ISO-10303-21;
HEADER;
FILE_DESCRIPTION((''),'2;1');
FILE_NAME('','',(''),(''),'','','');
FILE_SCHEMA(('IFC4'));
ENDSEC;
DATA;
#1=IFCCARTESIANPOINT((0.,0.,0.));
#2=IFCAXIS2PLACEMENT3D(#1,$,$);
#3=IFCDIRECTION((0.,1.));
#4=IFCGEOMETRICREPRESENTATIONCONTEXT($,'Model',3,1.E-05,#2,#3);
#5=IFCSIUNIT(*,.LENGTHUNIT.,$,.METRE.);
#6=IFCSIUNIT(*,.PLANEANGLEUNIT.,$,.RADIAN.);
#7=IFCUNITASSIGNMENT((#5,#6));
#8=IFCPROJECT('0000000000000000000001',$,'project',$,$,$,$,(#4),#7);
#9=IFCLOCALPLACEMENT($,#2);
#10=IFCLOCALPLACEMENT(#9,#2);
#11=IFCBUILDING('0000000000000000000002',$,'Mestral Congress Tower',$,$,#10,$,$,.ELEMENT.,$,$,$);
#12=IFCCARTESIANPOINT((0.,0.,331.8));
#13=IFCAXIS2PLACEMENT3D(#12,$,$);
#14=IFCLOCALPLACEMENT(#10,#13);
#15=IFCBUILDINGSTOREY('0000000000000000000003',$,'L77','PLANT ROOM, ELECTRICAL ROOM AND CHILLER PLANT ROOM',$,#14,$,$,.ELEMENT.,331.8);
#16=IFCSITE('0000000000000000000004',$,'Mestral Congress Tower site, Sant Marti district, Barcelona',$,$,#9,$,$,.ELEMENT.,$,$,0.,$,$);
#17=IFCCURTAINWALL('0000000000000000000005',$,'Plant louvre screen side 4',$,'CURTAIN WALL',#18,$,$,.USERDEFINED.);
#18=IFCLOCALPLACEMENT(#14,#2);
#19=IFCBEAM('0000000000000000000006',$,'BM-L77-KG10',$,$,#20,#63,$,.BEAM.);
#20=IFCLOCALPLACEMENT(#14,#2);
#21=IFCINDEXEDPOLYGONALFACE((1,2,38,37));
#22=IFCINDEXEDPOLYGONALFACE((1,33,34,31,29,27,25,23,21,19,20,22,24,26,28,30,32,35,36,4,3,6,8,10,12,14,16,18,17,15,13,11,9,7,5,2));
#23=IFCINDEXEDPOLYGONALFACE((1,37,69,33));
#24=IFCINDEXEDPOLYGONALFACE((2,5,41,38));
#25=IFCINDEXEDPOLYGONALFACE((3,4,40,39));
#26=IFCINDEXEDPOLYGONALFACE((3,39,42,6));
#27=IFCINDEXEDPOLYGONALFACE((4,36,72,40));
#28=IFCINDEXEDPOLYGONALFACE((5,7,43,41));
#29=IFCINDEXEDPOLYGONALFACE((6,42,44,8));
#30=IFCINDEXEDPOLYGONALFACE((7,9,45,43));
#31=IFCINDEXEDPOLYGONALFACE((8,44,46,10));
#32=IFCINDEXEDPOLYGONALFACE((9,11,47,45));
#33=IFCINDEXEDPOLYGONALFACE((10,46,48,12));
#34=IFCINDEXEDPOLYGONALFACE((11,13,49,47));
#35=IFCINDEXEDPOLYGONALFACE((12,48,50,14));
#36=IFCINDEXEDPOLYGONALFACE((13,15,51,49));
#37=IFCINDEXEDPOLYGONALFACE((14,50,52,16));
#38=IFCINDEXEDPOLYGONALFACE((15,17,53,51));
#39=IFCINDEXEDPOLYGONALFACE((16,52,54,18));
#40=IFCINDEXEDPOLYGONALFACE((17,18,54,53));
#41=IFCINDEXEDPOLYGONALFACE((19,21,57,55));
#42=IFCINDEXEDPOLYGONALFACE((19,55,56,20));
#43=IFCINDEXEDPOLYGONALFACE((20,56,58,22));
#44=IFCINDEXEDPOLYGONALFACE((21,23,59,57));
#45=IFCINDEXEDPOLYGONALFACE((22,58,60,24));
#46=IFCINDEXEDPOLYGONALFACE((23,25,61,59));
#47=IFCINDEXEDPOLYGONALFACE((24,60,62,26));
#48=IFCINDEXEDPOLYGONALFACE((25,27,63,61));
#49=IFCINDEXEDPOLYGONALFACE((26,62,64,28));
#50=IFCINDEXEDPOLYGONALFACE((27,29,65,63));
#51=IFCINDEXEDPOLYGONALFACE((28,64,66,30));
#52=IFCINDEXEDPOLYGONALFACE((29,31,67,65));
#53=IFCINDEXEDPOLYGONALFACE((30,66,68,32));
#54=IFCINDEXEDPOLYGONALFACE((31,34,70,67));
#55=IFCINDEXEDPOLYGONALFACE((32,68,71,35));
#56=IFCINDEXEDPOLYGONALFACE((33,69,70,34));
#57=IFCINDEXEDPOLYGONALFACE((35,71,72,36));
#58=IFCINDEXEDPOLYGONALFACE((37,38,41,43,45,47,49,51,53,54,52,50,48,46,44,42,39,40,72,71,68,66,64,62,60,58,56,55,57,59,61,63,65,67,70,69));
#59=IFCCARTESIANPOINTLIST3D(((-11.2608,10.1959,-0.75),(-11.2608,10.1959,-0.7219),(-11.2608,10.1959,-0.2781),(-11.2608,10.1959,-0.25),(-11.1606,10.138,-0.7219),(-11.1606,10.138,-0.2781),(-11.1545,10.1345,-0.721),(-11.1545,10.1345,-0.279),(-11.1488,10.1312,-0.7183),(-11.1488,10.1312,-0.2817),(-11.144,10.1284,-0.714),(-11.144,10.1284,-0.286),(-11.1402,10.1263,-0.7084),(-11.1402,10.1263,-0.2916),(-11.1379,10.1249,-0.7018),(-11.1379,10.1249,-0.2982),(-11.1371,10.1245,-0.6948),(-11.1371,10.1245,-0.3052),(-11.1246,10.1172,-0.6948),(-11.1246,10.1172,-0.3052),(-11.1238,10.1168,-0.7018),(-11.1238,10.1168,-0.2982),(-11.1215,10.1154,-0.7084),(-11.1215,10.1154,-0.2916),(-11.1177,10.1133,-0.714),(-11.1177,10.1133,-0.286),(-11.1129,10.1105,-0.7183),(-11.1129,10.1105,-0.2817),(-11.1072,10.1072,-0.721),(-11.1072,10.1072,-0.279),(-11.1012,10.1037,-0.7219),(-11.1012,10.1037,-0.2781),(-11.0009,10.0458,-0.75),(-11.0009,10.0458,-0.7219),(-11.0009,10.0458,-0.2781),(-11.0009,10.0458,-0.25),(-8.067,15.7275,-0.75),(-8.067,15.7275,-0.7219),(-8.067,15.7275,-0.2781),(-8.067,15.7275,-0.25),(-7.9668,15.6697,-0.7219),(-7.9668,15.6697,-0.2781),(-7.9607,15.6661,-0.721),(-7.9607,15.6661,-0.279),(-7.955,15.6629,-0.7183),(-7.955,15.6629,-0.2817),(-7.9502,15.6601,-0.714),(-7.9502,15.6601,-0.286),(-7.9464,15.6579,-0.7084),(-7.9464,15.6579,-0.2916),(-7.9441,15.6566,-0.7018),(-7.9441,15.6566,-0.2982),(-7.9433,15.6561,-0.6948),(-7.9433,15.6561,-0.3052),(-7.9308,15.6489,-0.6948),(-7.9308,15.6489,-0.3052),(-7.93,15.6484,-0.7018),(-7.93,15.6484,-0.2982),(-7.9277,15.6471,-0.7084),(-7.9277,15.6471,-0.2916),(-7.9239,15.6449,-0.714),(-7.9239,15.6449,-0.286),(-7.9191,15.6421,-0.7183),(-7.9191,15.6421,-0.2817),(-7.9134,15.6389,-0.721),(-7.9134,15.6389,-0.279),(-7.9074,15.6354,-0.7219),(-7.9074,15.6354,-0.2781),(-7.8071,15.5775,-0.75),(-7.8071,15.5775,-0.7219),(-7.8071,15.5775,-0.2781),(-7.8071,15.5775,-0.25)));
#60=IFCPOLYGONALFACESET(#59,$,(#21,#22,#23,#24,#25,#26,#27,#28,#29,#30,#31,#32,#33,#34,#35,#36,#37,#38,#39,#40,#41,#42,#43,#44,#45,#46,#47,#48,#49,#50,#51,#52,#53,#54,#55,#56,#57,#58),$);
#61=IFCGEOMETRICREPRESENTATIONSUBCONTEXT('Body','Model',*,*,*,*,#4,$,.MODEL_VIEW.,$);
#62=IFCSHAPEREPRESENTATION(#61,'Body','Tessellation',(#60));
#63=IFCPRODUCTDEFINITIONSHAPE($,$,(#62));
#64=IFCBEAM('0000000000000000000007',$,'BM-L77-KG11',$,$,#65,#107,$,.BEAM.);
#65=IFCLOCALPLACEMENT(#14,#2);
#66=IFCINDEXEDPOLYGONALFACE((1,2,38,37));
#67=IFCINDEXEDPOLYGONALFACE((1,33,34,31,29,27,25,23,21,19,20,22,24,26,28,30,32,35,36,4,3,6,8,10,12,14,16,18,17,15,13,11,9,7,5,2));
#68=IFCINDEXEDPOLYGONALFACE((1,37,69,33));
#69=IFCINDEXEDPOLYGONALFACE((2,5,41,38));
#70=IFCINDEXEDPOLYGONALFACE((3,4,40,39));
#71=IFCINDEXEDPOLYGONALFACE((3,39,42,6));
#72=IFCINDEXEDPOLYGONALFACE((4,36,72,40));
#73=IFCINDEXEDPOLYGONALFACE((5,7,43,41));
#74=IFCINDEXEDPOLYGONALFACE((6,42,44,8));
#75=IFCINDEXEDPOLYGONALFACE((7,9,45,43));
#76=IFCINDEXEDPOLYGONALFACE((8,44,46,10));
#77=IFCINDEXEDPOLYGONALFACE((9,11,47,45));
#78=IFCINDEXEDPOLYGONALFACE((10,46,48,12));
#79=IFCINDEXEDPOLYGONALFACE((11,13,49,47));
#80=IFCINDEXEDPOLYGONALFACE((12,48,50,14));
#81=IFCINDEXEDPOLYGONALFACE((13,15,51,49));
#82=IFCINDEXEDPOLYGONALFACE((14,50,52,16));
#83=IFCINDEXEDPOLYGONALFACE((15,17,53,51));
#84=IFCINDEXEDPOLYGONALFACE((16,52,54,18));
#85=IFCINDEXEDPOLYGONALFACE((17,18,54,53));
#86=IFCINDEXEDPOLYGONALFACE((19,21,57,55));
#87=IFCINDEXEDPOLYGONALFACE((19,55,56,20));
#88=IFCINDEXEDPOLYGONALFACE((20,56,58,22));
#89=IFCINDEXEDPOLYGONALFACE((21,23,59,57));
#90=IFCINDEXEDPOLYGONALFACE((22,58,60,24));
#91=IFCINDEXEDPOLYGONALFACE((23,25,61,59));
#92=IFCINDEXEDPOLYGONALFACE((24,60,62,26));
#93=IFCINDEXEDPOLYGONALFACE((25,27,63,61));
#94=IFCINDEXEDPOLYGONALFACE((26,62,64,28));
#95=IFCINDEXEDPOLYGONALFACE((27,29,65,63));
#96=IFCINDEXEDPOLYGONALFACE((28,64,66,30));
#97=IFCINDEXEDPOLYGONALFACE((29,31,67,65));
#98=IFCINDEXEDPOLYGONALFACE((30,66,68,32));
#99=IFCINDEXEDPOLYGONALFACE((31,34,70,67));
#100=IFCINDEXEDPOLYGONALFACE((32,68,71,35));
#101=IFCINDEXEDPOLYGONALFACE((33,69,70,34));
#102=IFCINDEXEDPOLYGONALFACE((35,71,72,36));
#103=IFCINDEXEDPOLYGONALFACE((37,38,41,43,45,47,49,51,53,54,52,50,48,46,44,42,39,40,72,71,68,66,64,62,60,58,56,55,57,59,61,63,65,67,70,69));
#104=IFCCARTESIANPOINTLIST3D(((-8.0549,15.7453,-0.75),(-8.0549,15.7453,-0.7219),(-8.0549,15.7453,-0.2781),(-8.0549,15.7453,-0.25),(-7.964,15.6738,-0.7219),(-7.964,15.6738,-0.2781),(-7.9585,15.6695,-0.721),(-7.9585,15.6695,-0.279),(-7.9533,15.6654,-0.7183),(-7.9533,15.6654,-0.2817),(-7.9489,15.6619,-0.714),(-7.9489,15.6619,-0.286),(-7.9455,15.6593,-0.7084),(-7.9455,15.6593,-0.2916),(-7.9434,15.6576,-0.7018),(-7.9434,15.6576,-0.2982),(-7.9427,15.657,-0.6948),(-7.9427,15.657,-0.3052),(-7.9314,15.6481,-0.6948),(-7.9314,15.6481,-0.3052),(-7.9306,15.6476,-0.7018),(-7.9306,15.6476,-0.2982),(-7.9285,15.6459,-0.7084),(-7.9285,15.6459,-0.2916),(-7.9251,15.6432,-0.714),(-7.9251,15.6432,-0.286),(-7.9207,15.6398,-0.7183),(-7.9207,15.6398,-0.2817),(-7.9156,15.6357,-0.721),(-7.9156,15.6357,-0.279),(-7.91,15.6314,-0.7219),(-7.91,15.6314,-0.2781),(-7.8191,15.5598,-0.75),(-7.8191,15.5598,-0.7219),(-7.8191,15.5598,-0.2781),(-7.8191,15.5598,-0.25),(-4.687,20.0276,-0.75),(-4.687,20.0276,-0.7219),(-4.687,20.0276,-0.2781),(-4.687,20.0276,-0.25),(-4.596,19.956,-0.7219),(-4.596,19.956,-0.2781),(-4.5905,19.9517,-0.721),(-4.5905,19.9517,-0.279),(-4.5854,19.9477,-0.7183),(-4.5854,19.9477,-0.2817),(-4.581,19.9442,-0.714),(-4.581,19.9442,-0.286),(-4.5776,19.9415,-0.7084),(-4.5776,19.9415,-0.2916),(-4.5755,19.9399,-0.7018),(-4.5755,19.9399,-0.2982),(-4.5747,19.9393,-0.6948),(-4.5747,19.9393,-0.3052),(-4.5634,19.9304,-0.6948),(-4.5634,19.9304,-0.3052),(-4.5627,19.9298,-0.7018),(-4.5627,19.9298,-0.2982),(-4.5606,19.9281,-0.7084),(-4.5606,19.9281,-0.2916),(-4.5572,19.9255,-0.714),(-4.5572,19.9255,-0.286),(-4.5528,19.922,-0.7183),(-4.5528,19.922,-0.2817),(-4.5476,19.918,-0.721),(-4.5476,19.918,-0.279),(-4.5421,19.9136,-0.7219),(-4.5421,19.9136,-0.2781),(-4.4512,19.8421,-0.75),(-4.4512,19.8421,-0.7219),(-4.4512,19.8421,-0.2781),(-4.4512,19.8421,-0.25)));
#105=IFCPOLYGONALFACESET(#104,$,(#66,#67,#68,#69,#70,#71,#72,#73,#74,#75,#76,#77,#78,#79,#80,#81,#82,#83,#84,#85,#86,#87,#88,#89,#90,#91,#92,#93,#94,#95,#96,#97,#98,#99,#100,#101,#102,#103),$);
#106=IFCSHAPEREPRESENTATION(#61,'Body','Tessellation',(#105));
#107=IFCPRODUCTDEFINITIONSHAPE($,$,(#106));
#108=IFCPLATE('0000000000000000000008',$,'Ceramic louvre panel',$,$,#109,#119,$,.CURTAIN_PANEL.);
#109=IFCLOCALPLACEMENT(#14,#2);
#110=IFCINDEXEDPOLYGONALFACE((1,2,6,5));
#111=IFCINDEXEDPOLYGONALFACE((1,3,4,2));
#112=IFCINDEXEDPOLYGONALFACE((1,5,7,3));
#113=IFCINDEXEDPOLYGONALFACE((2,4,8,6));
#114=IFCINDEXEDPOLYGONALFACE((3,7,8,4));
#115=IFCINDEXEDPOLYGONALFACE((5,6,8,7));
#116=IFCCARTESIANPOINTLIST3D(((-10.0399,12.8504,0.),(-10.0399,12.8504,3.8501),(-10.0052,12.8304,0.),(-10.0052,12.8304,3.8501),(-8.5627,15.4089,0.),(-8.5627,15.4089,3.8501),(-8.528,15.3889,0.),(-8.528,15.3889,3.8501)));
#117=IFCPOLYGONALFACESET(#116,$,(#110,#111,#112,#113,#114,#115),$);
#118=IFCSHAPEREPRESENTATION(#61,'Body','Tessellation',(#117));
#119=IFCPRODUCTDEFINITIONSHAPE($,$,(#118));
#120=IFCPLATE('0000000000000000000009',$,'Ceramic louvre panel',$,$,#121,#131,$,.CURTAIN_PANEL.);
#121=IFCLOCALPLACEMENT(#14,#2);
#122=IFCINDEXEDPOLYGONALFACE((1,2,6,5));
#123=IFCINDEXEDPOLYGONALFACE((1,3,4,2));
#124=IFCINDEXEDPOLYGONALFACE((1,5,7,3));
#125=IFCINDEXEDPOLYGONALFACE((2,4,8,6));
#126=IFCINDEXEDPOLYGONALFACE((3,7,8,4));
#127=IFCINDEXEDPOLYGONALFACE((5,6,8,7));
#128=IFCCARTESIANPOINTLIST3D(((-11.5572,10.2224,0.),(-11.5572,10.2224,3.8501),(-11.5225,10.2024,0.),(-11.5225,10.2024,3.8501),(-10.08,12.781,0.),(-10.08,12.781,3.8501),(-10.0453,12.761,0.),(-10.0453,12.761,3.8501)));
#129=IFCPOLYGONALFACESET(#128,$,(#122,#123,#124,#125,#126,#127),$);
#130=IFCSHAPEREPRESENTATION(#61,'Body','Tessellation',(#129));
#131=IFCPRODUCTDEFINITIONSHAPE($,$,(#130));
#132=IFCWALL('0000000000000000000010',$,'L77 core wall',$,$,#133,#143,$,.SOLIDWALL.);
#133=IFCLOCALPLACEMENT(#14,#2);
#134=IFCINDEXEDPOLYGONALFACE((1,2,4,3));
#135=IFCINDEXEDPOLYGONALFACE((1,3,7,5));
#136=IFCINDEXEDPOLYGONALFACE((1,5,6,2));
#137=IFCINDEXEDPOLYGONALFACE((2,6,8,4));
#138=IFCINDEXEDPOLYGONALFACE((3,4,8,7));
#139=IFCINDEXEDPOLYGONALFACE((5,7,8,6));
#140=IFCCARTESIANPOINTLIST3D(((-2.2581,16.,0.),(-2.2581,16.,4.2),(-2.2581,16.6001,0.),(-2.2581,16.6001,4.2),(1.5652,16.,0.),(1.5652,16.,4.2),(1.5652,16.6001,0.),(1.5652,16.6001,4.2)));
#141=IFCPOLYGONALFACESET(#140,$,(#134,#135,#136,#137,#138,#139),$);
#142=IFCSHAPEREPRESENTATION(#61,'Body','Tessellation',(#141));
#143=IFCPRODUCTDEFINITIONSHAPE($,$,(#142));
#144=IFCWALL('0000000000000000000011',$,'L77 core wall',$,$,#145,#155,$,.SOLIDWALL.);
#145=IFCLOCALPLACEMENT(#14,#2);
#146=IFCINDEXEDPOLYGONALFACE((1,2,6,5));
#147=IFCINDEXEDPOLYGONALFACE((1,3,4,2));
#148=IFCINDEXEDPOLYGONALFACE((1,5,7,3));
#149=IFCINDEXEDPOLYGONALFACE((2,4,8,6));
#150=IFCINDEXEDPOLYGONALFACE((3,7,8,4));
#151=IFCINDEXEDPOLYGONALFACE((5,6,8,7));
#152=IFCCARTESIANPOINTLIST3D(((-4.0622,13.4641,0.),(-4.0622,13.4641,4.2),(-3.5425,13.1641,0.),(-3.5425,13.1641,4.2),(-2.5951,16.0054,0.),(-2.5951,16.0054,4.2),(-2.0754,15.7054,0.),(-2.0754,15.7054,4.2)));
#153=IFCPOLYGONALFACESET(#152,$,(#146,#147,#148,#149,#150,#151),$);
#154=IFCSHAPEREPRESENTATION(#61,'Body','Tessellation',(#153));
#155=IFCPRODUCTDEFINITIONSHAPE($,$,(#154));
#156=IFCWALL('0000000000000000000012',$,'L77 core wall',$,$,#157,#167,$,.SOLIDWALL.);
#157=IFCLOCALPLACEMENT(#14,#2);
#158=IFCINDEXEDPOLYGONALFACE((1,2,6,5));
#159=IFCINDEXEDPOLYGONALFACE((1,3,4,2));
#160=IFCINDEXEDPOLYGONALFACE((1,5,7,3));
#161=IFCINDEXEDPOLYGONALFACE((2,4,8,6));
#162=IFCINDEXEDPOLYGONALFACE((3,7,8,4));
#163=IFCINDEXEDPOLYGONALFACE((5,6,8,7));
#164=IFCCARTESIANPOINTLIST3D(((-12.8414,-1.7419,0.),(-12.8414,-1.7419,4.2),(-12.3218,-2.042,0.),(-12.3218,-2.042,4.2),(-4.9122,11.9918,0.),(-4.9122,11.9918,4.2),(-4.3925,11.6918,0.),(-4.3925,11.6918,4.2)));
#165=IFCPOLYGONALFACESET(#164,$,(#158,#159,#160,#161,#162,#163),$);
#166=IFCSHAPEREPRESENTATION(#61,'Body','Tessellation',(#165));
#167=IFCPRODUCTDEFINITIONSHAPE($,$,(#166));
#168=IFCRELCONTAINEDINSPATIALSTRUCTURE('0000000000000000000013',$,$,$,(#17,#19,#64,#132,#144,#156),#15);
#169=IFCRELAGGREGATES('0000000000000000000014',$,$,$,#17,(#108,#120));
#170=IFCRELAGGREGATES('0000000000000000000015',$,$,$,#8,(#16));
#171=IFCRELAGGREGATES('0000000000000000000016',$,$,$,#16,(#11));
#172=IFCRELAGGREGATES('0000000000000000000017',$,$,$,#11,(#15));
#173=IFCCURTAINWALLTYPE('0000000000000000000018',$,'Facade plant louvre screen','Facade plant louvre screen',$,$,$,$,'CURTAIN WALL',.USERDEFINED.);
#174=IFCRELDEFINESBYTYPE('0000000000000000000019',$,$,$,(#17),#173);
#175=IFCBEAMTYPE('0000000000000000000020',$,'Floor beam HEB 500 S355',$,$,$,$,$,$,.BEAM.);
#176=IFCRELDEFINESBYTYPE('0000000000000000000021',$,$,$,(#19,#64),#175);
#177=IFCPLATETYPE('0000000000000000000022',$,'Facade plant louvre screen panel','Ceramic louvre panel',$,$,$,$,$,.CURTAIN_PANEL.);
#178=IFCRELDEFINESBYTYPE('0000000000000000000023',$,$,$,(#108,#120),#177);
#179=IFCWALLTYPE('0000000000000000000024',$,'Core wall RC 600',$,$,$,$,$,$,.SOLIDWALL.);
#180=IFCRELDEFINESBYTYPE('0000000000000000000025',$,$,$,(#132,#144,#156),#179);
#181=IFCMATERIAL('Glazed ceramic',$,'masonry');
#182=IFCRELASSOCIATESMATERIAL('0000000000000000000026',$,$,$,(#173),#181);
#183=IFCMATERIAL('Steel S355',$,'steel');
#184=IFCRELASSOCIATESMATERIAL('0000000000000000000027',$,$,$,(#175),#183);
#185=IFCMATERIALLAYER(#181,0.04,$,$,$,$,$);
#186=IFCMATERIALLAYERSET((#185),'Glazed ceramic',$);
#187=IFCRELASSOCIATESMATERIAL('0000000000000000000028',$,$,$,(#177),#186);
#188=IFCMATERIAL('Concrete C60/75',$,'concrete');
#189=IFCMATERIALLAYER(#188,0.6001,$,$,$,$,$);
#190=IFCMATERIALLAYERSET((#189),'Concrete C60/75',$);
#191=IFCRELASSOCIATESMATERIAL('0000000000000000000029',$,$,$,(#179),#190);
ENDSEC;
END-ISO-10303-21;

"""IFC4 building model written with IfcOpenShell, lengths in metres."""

from ifc_helpers import new_model, si_unit, direction, frame, frame_2d, origin, origin_2d, place, context, subcontext, project, spatial, rectangle, i_section, extrude, material, layer, layer_set, material_profile, profile_set, type_object, element, aggregate, save


model = new_model("IFC4")

# Units and contexts
model_context = context("Model", 3, precision=1e-05, world=origin(), true_north=direction((0.0, 1.0)))
body_context = subcontext(model_context, "Body", "Model", "MODEL_VIEW")
ifc_project = project(units=[si_unit("LENGTHUNIT", "METRE"), si_unit("PLANEANGLEUNIT", "RADIAN")], contexts=[model_context])

# Site, building, storey
site_placement = place(None, origin())
site = spatial("IfcSite", under=ifc_project, at=site_placement, Name="Mestral Congress Tower site, Sant Marti district, Barcelona", CompositionType="ELEMENT", RefElevation=0.0)
building_placement = place(site_placement, origin())
building = spatial("IfcBuilding", under=site, at=building_placement, Name="Mestral Congress Tower", CompositionType="ELEMENT")
storey_placement = place(building_placement, frame((0.0, 0.0, 331.8)))
storey = spatial("IfcBuildingStorey", under=building, at=storey_placement, Name="L77", Description="PLANT ROOM, ELECTRICAL ROOM AND CHILLER PLANT ROOM", CompositionType="ELEMENT", Elevation=331.8)

# Shared definitions
ifc_material_1 = material(Name="Steel S355", Category="steel")

# Curtain wall
ifc_material_2 = material(Name="Glazed ceramic", Category="masonry")
curtain_wall_type = type_object("IfcCurtainWallType", Name="Facade plant louvre screen", Description="Facade plant louvre screen", ElementType="CURTAIN WALL", PredefinedType="USERDEFINED", material=ifc_material_2)
placement = place(storey_placement, origin())
curtain_wall = element("IfcCurtainWall", 1, at=placement, inside=storey, type_object=curtain_wall_type, Name="Plant louvre screen side 4", ObjectType="CURTAIN WALL", PredefinedType="USERDEFINED")

# Beams
ifc_material_profile_1 = material_profile(ifc_material_1, i_section(OverallWidth=0.3, OverallDepth=0.5, WebThickness=0.0144, FlangeThickness=0.0281, FilletRadius=0.0271, at=origin_2d()), Name="HEB 500")
ifc_profile_set_1 = profile_set([ifc_material_profile_1], Name="Steel S355")
beam_type_1 = type_object("IfcBeamType", Name="Floor beam HEB 500 S355", PredefinedType="BEAM", material=ifc_profile_set_1)
beam_1_placement = place(storey_placement, frame((-11.1309, 10.1208, -0.5), z_axis=(0.500011, 0.866019, 0.0), x_axis=(-0.866019, 0.500011, 0.0)))
element("IfcBeam", 2, at=beam_1_placement, inside=storey, type_object=beam_type_1, Name="BM-L77-KG10", PredefinedType="BEAM", context=body_context, shape_type="SweptSolid", body=[
    extrude(i_section(OverallWidth=0.3, OverallDepth=0.5, WebThickness=0.0144, FlangeThickness=0.0281, FilletRadius=0.0271, at=origin_2d()), origin(), (0.0, 0.0, 1.0), 6.3875),
])
beam_2_placement = place(storey_placement, frame((-7.937, 15.6526, -0.5), z_axis=(0.618198, 0.786023, 0.0), x_axis=(-0.786023, 0.618198, 0.0)))
element("IfcBeam", 3, at=beam_2_placement, inside=storey, type_object=beam_type_1, Name="BM-L77-KG11", PredefinedType="BEAM", context=body_context, shape_type="SweptSolid", body=[
    extrude(i_section(OverallWidth=0.3, OverallDepth=0.5, WebThickness=0.0144, FlangeThickness=0.0281, FilletRadius=0.0271, at=origin_2d()), origin(), (0.0, 0.0, 1.0), 5.448),
])

# Plates
ifc_layer_1 = layer(ifc_material_2, 0.04)
ifc_layer_set_1 = layer_set([ifc_layer_1], Name="Glazed ceramic")
plate_type = type_object("IfcPlateType", Name="Facade plant louvre screen panel", Description="Ceramic louvre panel", PredefinedType="CURTAIN_PANEL", material=ifc_layer_set_1)
plate_1_placement = place(storey_placement, frame((-9.2839, 14.1196, 0.0), z_axis=(0.0, 0.0, 1.0), x_axis=(-0.500002, -0.866025, 0.0)))
plate_1 = element("IfcPlate", 4, at=plate_1_placement, type_object=plate_type, Name="Ceramic louvre panel", PredefinedType="CURTAIN_PANEL", context=body_context, shape_type="SweptSolid", body=[
    extrude(rectangle(XDim=2.9543, YDim=0.04, at=origin_2d()), origin(), (0.0, 0.0, 1.0), 3.8501),
])
plate_2_placement = place(storey_placement, frame((-10.8013, 11.4917, 0.0), z_axis=(0.0, 0.0, 1.0), x_axis=(-0.500002, -0.866025, 0.0)))
plate_2 = element("IfcPlate", 5, at=plate_2_placement, type_object=plate_type, Name="Ceramic louvre panel", PredefinedType="CURTAIN_PANEL", context=body_context, shape_type="SweptSolid", body=[
    extrude(rectangle(XDim=2.9543, YDim=0.04, at=origin_2d()), origin(), (0.0, 0.0, 1.0), 3.8501),
])
aggregate(curtain_wall, [plate_1, plate_2])

# Walls
ifc_material_3 = material(Name="Concrete C60/75", Category="concrete")
ifc_layer_2 = layer(ifc_material_3, 0.6001)
ifc_layer_set_2 = layer_set([ifc_layer_2], Name="Concrete C60/75")
wall_type_1 = type_object("IfcWallType", Name="Core wall RC 600", PredefinedType="SOLIDWALL", material=ifc_layer_set_2)
wall_1_placement = place(storey_placement, frame((-2.2581, 16.3, 0.0), z_axis=(0.0, 0.0, 1.0), x_axis=(1.0, 0.0, 0.0)))
element("IfcWall", 6, at=wall_1_placement, inside=storey, type_object=wall_type_1, Name="L77 core wall", PredefinedType="SOLIDWALL", context=body_context, shape_type="SweptSolid", body=[
    extrude(rectangle(XDim=3.8232, YDim=0.6001, at=frame_2d((1.9116, 0.0))), origin(), (0.0, 0.0, 1.0), 4.2),
])
wall_2_placement = place(storey_placement, frame((-2.3352, 15.8555, 0.0), z_axis=(0.0, 0.0, 1.0), x_axis=(-0.49996, -0.866048, 0.0)))
element("IfcWall", 7, at=wall_2_placement, inside=storey, type_object=wall_type_1, Name="L77 core wall", PredefinedType="SOLIDWALL", context=body_context, shape_type="SweptSolid", body=[
    extrude(rectangle(XDim=2.9343, YDim=0.6001, at=frame_2d((1.4673, 0.0))), origin(), (0.0, 0.0, 1.0), 4.2),
])
wall_3_placement = place(storey_placement, frame((-4.6523, 11.8418, 0.0), z_axis=(0.0, 0.0, 1.0), x_axis=(-0.500004, -0.866023, 0.0)))
element("IfcWall", 8, at=wall_3_placement, inside=storey, type_object=wall_type_1, Name="L77 core wall", PredefinedType="SOLIDWALL", context=body_context, shape_type="SweptSolid", body=[
    extrude(rectangle(XDim=15.8584, YDim=0.6001, at=frame_2d((7.9292, 0.0))), origin(), (0.0, 0.0, 1.0), 4.2),
])

save(model, "model.ifc")
